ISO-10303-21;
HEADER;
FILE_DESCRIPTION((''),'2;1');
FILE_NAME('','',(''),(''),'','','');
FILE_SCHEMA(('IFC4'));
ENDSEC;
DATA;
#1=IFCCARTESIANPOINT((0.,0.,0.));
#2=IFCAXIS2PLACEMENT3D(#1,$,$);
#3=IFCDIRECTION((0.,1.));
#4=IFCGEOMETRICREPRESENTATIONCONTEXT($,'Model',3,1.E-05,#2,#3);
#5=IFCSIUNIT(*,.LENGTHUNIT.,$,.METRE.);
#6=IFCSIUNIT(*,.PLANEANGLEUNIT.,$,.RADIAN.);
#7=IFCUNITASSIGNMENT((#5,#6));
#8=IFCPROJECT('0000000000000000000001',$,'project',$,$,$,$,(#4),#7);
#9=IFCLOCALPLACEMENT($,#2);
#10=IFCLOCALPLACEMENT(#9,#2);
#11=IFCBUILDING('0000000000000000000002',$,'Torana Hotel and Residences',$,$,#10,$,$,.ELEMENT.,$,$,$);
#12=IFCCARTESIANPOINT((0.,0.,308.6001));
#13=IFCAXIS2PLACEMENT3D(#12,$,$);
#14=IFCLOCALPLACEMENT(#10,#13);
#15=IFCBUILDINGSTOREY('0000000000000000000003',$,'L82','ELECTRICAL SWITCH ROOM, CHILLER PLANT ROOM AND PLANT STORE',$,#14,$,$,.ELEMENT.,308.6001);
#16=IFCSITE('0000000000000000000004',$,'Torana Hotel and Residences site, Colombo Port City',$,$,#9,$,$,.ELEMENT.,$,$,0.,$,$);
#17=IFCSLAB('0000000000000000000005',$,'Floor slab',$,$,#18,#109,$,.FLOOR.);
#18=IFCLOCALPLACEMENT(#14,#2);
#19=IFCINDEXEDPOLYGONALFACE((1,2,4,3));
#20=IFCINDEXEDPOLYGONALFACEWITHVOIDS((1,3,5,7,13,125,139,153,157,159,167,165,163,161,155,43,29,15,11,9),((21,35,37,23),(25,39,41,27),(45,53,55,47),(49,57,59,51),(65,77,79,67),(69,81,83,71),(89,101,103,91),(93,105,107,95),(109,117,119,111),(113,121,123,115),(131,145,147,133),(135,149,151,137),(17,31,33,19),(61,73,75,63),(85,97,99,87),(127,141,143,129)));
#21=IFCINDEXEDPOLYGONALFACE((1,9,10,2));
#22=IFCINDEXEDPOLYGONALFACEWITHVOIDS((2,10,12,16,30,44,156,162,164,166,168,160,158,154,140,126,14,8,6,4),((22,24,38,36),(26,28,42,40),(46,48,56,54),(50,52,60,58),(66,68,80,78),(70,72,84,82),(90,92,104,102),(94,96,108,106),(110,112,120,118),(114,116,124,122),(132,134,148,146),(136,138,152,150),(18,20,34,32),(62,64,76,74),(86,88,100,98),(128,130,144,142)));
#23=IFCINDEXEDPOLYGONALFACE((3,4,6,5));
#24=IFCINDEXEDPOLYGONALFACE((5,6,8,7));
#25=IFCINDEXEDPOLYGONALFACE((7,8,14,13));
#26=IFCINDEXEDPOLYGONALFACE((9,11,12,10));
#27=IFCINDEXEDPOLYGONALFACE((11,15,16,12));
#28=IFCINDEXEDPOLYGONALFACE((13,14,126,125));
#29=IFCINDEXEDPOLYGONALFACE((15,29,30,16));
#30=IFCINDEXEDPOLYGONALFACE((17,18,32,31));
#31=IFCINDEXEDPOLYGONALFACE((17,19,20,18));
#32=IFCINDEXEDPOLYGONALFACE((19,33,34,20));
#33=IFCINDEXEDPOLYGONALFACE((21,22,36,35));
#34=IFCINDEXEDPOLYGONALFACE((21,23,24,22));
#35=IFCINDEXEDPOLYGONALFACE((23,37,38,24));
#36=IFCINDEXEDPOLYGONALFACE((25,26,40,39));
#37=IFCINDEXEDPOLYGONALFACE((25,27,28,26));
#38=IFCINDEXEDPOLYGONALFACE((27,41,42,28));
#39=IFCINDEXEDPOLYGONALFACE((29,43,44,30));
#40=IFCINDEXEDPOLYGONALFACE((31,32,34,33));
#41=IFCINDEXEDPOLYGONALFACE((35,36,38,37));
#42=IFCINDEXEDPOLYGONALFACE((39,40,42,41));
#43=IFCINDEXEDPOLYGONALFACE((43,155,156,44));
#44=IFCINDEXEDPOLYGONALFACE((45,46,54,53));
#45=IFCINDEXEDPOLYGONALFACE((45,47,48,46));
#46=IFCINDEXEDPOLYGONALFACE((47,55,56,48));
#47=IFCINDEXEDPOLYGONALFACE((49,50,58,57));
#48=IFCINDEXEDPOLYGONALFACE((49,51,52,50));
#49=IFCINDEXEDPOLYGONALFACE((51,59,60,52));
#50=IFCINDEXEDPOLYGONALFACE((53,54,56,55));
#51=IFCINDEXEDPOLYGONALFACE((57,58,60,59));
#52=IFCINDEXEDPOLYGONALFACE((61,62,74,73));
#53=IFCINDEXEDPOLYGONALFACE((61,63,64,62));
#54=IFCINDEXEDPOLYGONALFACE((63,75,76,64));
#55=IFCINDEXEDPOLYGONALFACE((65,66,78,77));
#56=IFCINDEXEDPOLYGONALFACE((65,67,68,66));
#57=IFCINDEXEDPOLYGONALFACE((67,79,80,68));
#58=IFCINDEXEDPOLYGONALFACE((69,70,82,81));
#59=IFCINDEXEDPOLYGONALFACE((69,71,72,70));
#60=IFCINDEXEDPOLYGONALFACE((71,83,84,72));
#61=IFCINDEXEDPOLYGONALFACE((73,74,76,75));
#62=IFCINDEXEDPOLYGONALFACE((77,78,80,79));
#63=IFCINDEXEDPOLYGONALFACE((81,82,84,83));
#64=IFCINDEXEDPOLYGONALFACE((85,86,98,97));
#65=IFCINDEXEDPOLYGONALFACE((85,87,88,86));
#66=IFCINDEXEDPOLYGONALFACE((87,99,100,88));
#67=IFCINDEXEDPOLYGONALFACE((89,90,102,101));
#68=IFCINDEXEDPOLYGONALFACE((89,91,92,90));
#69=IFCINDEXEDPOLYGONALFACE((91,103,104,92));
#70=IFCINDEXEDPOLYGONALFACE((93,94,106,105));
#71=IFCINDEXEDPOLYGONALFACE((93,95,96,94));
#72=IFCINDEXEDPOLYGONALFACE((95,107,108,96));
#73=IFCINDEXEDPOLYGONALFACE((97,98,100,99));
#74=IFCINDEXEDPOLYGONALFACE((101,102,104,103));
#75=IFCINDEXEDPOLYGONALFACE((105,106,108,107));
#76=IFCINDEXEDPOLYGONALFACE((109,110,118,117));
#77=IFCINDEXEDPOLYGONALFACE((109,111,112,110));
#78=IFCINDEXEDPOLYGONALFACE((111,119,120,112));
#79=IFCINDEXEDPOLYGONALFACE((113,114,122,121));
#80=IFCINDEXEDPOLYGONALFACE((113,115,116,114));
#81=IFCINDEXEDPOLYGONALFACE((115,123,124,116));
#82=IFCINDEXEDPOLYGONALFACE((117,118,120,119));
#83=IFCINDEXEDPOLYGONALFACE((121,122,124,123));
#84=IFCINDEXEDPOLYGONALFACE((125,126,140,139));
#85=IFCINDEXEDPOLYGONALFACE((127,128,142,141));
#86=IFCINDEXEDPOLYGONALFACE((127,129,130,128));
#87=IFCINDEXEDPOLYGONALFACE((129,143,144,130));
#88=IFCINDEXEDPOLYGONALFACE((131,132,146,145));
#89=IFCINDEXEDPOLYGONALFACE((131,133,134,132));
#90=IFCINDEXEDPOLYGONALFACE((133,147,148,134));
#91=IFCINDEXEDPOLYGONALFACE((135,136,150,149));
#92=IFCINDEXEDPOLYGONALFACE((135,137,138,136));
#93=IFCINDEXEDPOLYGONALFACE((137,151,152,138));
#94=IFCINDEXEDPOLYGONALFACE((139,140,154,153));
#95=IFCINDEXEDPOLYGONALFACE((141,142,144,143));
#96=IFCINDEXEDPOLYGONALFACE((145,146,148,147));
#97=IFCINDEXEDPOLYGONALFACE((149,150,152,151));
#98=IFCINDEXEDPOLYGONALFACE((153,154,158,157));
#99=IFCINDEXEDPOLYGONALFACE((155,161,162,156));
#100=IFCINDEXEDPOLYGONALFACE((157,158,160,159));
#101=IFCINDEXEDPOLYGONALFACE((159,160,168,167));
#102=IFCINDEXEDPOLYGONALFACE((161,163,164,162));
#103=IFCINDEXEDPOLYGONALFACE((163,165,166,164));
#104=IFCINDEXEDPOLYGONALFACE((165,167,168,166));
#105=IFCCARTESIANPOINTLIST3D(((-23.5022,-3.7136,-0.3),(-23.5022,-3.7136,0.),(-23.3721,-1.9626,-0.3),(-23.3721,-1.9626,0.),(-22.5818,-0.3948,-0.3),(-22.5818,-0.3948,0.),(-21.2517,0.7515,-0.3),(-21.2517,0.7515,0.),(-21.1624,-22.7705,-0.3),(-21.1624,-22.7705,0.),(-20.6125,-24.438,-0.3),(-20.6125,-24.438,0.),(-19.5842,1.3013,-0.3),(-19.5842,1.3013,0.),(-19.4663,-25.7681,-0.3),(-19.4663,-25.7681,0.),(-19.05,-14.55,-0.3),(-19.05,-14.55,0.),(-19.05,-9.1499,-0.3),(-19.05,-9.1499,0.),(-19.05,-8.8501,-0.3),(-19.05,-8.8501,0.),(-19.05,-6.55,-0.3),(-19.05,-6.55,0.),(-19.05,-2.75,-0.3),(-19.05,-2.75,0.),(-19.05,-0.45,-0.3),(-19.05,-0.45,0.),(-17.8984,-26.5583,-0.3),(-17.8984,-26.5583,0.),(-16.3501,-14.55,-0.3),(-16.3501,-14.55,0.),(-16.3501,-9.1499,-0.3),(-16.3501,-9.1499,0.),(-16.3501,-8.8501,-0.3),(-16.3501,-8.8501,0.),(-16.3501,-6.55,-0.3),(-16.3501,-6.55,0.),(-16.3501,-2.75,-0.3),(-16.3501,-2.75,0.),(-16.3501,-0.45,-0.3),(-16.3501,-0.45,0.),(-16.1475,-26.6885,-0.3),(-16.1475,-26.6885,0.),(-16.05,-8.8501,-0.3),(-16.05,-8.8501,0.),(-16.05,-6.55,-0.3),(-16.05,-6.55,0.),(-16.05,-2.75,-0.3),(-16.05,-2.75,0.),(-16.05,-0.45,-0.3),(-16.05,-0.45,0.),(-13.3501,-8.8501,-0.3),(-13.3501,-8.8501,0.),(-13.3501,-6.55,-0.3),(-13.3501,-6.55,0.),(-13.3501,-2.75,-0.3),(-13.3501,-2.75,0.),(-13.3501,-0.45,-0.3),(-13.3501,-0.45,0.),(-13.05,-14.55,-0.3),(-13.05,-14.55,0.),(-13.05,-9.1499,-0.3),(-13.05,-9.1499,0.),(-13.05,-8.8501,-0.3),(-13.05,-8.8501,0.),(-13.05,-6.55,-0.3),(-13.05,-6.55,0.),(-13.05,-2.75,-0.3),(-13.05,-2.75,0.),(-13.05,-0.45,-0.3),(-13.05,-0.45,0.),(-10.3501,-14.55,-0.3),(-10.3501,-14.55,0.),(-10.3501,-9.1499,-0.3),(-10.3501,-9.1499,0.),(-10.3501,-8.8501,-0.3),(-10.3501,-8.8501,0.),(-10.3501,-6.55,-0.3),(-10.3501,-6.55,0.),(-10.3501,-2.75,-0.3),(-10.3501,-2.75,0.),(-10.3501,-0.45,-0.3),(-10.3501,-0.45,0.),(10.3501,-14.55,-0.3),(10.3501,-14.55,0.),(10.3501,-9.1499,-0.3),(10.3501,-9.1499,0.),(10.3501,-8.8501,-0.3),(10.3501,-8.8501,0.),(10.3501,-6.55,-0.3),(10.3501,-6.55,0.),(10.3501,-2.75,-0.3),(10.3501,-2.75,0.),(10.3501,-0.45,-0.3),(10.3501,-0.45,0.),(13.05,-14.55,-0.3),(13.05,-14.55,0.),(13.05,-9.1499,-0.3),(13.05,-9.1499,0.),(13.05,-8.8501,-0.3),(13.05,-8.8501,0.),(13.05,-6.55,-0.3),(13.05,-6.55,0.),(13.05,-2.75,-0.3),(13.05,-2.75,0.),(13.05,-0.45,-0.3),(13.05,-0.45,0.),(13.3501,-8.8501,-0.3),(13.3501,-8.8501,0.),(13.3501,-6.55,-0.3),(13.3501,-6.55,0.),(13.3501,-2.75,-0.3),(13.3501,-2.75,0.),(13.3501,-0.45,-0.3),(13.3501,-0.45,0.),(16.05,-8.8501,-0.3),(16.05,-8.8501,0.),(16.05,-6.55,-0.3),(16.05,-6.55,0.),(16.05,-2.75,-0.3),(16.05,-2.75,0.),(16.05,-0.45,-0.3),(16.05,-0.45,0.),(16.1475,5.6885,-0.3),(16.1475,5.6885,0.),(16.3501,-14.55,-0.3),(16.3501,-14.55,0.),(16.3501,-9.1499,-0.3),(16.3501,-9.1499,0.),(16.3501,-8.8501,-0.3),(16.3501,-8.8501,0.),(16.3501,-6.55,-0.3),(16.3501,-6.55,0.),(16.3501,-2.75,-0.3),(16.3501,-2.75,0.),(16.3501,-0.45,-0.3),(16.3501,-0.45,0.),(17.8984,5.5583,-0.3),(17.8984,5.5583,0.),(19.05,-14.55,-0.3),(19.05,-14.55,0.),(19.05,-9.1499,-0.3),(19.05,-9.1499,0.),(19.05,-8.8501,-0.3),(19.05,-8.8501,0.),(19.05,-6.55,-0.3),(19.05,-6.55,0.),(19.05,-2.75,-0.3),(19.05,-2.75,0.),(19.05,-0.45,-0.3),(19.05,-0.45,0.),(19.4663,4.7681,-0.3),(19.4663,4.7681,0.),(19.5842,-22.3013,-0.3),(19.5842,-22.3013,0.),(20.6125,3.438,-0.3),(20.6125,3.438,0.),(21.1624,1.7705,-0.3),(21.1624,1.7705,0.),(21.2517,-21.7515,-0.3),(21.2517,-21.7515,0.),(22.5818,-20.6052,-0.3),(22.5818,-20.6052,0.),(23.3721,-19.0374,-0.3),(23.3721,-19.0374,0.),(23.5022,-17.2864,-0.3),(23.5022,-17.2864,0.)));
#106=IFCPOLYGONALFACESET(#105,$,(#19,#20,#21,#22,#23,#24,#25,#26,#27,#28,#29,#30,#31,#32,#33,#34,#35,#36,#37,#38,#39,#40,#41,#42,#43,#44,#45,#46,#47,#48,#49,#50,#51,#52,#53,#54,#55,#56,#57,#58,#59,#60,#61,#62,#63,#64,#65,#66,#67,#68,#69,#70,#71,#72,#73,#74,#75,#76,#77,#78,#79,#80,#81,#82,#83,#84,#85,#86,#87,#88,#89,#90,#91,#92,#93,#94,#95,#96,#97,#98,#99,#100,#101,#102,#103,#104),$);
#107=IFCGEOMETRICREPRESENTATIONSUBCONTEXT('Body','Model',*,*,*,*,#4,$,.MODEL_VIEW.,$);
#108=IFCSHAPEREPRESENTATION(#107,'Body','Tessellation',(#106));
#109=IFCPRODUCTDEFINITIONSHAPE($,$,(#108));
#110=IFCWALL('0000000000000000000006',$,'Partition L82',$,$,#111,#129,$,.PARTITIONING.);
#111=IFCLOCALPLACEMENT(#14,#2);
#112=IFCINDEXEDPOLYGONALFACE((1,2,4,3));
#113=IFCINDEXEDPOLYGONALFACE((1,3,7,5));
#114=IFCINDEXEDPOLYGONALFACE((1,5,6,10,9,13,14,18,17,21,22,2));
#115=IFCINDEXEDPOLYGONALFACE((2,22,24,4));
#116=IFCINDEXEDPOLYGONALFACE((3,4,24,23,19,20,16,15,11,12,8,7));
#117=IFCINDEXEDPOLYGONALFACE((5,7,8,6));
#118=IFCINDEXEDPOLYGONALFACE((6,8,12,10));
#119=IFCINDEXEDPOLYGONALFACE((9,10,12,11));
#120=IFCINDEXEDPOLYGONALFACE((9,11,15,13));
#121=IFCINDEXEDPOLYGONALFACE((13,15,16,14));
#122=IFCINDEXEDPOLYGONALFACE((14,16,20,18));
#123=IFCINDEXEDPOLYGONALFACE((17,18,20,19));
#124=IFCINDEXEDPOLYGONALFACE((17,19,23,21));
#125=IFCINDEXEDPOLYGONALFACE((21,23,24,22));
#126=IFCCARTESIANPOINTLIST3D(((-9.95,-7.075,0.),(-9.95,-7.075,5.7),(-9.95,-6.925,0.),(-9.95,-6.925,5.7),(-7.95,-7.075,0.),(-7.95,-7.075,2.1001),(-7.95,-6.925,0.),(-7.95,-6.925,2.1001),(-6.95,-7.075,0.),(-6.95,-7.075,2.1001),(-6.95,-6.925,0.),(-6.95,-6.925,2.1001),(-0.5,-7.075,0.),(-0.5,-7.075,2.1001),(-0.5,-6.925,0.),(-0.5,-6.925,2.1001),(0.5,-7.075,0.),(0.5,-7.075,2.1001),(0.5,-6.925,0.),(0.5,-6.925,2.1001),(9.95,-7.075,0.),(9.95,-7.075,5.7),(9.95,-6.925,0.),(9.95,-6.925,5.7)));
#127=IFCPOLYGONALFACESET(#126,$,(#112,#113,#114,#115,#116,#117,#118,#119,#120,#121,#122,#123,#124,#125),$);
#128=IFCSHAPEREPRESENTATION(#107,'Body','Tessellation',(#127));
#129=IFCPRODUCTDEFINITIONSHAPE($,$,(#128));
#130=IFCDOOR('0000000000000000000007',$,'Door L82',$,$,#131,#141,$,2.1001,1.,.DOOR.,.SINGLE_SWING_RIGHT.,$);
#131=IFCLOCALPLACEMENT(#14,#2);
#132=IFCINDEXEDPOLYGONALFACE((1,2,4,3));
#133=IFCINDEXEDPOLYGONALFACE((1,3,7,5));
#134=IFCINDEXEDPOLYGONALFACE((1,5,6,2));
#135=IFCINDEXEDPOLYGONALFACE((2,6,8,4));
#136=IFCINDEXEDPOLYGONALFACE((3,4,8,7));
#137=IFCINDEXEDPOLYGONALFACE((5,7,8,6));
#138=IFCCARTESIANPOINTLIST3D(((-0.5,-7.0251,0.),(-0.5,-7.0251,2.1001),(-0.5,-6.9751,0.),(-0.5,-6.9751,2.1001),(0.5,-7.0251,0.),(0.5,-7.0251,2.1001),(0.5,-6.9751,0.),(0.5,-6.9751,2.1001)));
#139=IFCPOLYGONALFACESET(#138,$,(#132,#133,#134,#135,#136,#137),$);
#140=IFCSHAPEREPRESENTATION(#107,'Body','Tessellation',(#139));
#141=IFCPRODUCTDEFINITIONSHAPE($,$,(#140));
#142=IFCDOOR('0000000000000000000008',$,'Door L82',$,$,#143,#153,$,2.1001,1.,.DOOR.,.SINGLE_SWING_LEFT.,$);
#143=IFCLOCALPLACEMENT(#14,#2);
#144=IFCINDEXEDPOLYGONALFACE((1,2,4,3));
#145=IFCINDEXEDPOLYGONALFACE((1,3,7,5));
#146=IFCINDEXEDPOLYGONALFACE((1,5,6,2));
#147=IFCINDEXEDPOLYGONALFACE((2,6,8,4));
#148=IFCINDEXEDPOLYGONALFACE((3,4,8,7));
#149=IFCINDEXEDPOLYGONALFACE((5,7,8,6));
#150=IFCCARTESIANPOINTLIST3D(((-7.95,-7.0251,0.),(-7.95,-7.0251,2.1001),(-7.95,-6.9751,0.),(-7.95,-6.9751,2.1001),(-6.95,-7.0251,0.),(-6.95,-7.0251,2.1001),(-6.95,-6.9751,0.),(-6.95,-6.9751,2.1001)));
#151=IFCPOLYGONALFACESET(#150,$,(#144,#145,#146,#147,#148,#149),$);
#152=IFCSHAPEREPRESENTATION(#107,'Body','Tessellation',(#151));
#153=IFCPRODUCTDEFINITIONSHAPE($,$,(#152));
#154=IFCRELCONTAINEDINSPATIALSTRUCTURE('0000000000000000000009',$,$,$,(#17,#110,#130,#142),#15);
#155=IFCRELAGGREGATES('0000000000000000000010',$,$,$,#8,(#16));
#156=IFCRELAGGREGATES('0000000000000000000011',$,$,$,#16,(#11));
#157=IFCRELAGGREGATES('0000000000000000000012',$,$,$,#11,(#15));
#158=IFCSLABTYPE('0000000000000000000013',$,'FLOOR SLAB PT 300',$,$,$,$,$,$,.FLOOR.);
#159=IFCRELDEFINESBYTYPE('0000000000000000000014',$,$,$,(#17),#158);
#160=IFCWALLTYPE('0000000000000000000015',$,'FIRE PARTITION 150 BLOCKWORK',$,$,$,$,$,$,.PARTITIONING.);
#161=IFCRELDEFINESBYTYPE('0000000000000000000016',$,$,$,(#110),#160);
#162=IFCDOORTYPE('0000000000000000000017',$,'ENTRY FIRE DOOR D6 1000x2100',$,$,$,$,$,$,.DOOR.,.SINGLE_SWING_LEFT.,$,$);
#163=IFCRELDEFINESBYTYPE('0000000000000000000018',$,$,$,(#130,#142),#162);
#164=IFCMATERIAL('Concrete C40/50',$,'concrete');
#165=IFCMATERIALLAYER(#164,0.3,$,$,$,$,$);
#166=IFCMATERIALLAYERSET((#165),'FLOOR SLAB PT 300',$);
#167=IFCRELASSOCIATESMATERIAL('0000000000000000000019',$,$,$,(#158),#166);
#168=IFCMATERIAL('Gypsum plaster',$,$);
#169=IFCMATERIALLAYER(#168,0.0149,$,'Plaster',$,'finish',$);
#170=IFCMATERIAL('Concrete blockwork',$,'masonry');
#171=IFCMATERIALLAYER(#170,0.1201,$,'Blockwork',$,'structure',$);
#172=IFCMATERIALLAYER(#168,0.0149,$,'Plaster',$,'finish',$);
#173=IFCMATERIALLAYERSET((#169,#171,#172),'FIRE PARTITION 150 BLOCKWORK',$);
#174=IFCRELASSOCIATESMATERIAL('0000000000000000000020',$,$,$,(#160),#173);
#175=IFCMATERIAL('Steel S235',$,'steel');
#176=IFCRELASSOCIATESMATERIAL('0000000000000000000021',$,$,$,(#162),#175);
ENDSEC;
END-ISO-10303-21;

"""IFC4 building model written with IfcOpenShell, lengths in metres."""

from ifc_helpers import new_model, si_unit, direction, frame, frame_2d, origin, place, context, subcontext, project, spatial, polyline, rectangle, outline, extrude, material, layer, layer_set, type_object, element, fill, save


model = new_model("IFC4")

# Units and contexts
model_context = context("Model", 3, precision=1e-05, world=origin(), true_north=direction((0.0, 1.0)))
body_context = subcontext(model_context, "Body", "Model", "MODEL_VIEW")
ifc_project = project(units=[si_unit("LENGTHUNIT", "METRE"), si_unit("PLANEANGLEUNIT", "RADIAN")], contexts=[model_context])

# Site, building, storey
site_placement = place(None, origin())
site = spatial("IfcSite", under=ifc_project, at=site_placement, Name="Torana Hotel and Residences site, Colombo Port City", CompositionType="ELEMENT", RefElevation=0.0)
building_placement = place(site_placement, origin())
building = spatial("IfcBuilding", under=site, at=building_placement, Name="Torana Hotel and Residences", CompositionType="ELEMENT")
storey_placement = place(building_placement, frame((0.0, 0.0, 308.6001)))
storey = spatial("IfcBuildingStorey", under=building, at=storey_placement, Name="L82", Description="ELECTRICAL SWITCH ROOM, CHILLER PLANT ROOM AND PLANT STORE", CompositionType="ELEMENT", Elevation=308.6001)

# Slab
ifc_material_1 = material(Name="Concrete C40/50", Category="concrete")
ifc_layer_1 = layer(ifc_material_1, 0.3)
ifc_layer_set_1 = layer_set([ifc_layer_1], Name="FLOOR SLAB PT 300")
slab_type = type_object("IfcSlabType", Name="FLOOR SLAB PT 300", PredefinedType="FLOOR", material=ifc_layer_set_1)
slab_placement = place(storey_placement, frame((0.0, 0.0, -0.3)))
element("IfcSlab", 1, at=slab_placement, inside=storey, type_object=slab_type, Name="Floor slab", PredefinedType="FLOOR", context=body_context, shape_type="SweptSolid", body=[
    extrude(outline(polyline([(21.1624, 1.7705), (20.6125, 3.438), (19.4663, 4.7681), (17.8984, 5.5583), (16.1475, 5.6885), (-19.5842, 1.3013), (-21.2517, 0.7515), (-22.5818, -0.3948), (-23.3721, -1.9626), (-23.5022, -3.7136), (-21.1624, -22.7705), (-20.6125, -24.438), (-19.4663, -25.7681), (-17.8984, -26.5583), (-16.1475, -26.6885), (19.5842, -22.3013), (21.2517, -21.7515), (22.5818, -20.6052), (23.3721, -19.0374), (23.5022, -17.2864), (21.1624, 1.7705)]), holes=[polyline([(-13.05, -14.55), (-10.3501, -14.55), (-10.3501, -9.1499), (-13.05, -9.1499), (-13.05, -14.55)]), polyline([(-19.05, -14.55), (-16.3501, -14.55), (-16.3501, -9.1499), (-19.05, -9.1499), (-19.05, -14.55)]), polyline([(-19.05, -2.75), (-16.3501, -2.75), (-16.3501, -0.45), (-19.05, -0.45), (-19.05, -2.75)]), polyline([(-13.05, -2.75), (-10.3501, -2.75), (-10.3501, -0.45), (-13.05, -0.45), (-13.05, -2.75)]), polyline([(-16.05, -2.75), (-13.3501, -2.75), (-13.3501, -0.45), (-16.05, -0.45), (-16.05, -2.75)]), polyline([(-13.05, -8.8501), (-10.3501, -8.8501), (-10.3501, -6.55), (-13.05, -6.55), (-13.05, -8.8501)]), polyline([(-16.05, -8.8501), (-13.3501, -8.8501), (-13.3501, -6.55), (-16.05, -6.55), (-16.05, -8.8501)]), polyline([(-19.05, -8.8501), (-16.3501, -8.8501), (-16.3501, -6.55), (-19.05, -6.55), (-19.05, -8.8501)]), polyline([(10.3501, -14.55), (13.05, -14.55), (13.05, -9.1499), (10.3501, -9.1499), (10.3501, -14.55)]), polyline([(16.3501, -14.55), (19.05, -14.55), (19.05, -9.1499), (16.3501, -9.1499), (16.3501, -14.55)]), polyline([(16.3501, -2.75), (19.05, -2.75), (19.05, -0.45), (16.3501, -0.45), (16.3501, -2.75)]), polyline([(10.3501, -2.75), (13.05, -2.75), (13.05, -0.45), (10.3501, -0.45), (10.3501, -2.75)]), polyline([(13.3501, -2.75), (16.05, -2.75), (16.05, -0.45), (13.3501, -0.45), (13.3501, -2.75)]), polyline([(10.3501, -8.8501), (13.05, -8.8501), (13.05, -6.55), (10.3501, -6.55), (10.3501, -8.8501)]), polyline([(13.3501, -8.8501), (16.05, -8.8501), (16.05, -6.55), (13.3501, -6.55), (13.3501, -8.8501)]), polyline([(16.3501, -8.8501), (19.05, -8.8501), (19.05, -6.55), (16.3501, -6.55), (16.3501, -8.8501)])]), origin(), (0.0, 0.0, 1.0), 0.3),
])

# Wall, openings, doors
ifc_material_2 = material(Name="Gypsum plaster")
ifc_layer_2 = layer(ifc_material_2, 0.0149, Name="Plaster", Category="finish")
ifc_material_3 = material(Name="Concrete blockwork", Category="masonry")
ifc_layer_3 = layer(ifc_material_3, 0.1201, Name="Blockwork", Category="structure")
ifc_layer_4 = layer(ifc_material_2, 0.0149, Name="Plaster", Category="finish")
ifc_layer_set_2 = layer_set([ifc_layer_2, ifc_layer_3, ifc_layer_4], Name="FIRE PARTITION 150 BLOCKWORK")
wall_type_1 = type_object("IfcWallType", Name="FIRE PARTITION 150 BLOCKWORK", PredefinedType="PARTITIONING", material=ifc_layer_set_2)
wall_1_placement = place(storey_placement, frame((-9.95, -7.0, 0.0), z_axis=(0.0, 0.0, 1.0), x_axis=(1.0, 0.0, 0.0)))
wall_1 = element("IfcWall", 2, at=wall_1_placement, inside=storey, type_object=wall_type_1, Name="Partition L82", PredefinedType="PARTITIONING", context=body_context, shape_type="SweptSolid", body=[
    extrude(rectangle(XDim=19.8999, YDim=0.1499, at=frame_2d((9.95, 0.0))), origin(), (0.0, 0.0, 1.0), 5.7),
])
opening_1_placement = place(wall_1_placement, frame((9.45, 0.0, 0.0)))
opening_1 = element("IfcOpeningElement", 3, at=opening_1_placement, cuts=wall_1, PredefinedType="OPENING", context=body_context, shape_type="SweptSolid", body=[
    extrude(rectangle(XDim=1.0, YDim=2.1001, at=frame_2d((0.5, 1.05))), frame((0.0, 0.085, 0.0), z_axis=(0.0, -1.0, 0.0), x_axis=(1.0, 0.0, 0.0)), (0.0, 0.0, 1.0), 0.1699),
])
opening_2_placement = place(wall_1_placement, frame((2.0, 0.0, 0.0)))
opening_2 = element("IfcOpeningElement", 4, at=opening_2_placement, cuts=wall_1, PredefinedType="OPENING", context=body_context, shape_type="SweptSolid", body=[
    extrude(rectangle(XDim=1.0, YDim=2.1001, at=frame_2d((0.5, 1.05))), frame((0.0, 0.085, 0.0), z_axis=(0.0, -1.0, 0.0), x_axis=(1.0, 0.0, 0.0)), (0.0, 0.0, 1.0), 0.1699),
])
ifc_material_4 = material(Name="Steel S235", Category="steel")
door_type = type_object("IfcDoorType", Name="ENTRY FIRE DOOR D6 1000x2100", OperationType="SINGLE_SWING_LEFT", PredefinedType="DOOR", material=ifc_material_4)
door_1_placement = place(opening_1_placement, origin())
door_1 = element("IfcDoor", 5, at=door_1_placement, inside=storey, type_object=door_type, Name="Door L82", OperationType="SINGLE_SWING_RIGHT", OverallHeight=2.1001, OverallWidth=1.0, PredefinedType="DOOR", context=body_context, shape_type="SweptSolid", body=[
    extrude(rectangle(XDim=1.0, YDim=2.1001, at=frame_2d((0.5, 1.05))), frame((0.0, 0.0249, 0.0), z_axis=(0.0, -1.0, 0.0), x_axis=(1.0, 0.0, 0.0)), (0.0, 0.0, 1.0), 0.05),
])
fill(opening_1, door_1)
door_2_placement = place(opening_2_placement, frame((0.5, 0.0, 0.0), z_axis=(0.0, 0.0, 1.0), x_axis=(-1.0, 0.0, 0.0)))
door_2 = element("IfcDoor", 6, at=door_2_placement, inside=storey, type_object=door_type, Name="Door L82", OperationType="SINGLE_SWING_LEFT", OverallHeight=2.1001, OverallWidth=1.0, PredefinedType="DOOR", context=body_context, shape_type="SweptSolid", body=[
    extrude(rectangle(XDim=1.0, YDim=2.1001, at=frame_2d((0.0, 1.05))), frame((0.0, -0.0249, 0.0), z_axis=(0.0, 1.0, 0.0), x_axis=(-1.0, 0.0, 0.0)), (0.0, 0.0, 1.0), 0.05),
])
fill(opening_2, door_2)

save(model, "model.ifc")
